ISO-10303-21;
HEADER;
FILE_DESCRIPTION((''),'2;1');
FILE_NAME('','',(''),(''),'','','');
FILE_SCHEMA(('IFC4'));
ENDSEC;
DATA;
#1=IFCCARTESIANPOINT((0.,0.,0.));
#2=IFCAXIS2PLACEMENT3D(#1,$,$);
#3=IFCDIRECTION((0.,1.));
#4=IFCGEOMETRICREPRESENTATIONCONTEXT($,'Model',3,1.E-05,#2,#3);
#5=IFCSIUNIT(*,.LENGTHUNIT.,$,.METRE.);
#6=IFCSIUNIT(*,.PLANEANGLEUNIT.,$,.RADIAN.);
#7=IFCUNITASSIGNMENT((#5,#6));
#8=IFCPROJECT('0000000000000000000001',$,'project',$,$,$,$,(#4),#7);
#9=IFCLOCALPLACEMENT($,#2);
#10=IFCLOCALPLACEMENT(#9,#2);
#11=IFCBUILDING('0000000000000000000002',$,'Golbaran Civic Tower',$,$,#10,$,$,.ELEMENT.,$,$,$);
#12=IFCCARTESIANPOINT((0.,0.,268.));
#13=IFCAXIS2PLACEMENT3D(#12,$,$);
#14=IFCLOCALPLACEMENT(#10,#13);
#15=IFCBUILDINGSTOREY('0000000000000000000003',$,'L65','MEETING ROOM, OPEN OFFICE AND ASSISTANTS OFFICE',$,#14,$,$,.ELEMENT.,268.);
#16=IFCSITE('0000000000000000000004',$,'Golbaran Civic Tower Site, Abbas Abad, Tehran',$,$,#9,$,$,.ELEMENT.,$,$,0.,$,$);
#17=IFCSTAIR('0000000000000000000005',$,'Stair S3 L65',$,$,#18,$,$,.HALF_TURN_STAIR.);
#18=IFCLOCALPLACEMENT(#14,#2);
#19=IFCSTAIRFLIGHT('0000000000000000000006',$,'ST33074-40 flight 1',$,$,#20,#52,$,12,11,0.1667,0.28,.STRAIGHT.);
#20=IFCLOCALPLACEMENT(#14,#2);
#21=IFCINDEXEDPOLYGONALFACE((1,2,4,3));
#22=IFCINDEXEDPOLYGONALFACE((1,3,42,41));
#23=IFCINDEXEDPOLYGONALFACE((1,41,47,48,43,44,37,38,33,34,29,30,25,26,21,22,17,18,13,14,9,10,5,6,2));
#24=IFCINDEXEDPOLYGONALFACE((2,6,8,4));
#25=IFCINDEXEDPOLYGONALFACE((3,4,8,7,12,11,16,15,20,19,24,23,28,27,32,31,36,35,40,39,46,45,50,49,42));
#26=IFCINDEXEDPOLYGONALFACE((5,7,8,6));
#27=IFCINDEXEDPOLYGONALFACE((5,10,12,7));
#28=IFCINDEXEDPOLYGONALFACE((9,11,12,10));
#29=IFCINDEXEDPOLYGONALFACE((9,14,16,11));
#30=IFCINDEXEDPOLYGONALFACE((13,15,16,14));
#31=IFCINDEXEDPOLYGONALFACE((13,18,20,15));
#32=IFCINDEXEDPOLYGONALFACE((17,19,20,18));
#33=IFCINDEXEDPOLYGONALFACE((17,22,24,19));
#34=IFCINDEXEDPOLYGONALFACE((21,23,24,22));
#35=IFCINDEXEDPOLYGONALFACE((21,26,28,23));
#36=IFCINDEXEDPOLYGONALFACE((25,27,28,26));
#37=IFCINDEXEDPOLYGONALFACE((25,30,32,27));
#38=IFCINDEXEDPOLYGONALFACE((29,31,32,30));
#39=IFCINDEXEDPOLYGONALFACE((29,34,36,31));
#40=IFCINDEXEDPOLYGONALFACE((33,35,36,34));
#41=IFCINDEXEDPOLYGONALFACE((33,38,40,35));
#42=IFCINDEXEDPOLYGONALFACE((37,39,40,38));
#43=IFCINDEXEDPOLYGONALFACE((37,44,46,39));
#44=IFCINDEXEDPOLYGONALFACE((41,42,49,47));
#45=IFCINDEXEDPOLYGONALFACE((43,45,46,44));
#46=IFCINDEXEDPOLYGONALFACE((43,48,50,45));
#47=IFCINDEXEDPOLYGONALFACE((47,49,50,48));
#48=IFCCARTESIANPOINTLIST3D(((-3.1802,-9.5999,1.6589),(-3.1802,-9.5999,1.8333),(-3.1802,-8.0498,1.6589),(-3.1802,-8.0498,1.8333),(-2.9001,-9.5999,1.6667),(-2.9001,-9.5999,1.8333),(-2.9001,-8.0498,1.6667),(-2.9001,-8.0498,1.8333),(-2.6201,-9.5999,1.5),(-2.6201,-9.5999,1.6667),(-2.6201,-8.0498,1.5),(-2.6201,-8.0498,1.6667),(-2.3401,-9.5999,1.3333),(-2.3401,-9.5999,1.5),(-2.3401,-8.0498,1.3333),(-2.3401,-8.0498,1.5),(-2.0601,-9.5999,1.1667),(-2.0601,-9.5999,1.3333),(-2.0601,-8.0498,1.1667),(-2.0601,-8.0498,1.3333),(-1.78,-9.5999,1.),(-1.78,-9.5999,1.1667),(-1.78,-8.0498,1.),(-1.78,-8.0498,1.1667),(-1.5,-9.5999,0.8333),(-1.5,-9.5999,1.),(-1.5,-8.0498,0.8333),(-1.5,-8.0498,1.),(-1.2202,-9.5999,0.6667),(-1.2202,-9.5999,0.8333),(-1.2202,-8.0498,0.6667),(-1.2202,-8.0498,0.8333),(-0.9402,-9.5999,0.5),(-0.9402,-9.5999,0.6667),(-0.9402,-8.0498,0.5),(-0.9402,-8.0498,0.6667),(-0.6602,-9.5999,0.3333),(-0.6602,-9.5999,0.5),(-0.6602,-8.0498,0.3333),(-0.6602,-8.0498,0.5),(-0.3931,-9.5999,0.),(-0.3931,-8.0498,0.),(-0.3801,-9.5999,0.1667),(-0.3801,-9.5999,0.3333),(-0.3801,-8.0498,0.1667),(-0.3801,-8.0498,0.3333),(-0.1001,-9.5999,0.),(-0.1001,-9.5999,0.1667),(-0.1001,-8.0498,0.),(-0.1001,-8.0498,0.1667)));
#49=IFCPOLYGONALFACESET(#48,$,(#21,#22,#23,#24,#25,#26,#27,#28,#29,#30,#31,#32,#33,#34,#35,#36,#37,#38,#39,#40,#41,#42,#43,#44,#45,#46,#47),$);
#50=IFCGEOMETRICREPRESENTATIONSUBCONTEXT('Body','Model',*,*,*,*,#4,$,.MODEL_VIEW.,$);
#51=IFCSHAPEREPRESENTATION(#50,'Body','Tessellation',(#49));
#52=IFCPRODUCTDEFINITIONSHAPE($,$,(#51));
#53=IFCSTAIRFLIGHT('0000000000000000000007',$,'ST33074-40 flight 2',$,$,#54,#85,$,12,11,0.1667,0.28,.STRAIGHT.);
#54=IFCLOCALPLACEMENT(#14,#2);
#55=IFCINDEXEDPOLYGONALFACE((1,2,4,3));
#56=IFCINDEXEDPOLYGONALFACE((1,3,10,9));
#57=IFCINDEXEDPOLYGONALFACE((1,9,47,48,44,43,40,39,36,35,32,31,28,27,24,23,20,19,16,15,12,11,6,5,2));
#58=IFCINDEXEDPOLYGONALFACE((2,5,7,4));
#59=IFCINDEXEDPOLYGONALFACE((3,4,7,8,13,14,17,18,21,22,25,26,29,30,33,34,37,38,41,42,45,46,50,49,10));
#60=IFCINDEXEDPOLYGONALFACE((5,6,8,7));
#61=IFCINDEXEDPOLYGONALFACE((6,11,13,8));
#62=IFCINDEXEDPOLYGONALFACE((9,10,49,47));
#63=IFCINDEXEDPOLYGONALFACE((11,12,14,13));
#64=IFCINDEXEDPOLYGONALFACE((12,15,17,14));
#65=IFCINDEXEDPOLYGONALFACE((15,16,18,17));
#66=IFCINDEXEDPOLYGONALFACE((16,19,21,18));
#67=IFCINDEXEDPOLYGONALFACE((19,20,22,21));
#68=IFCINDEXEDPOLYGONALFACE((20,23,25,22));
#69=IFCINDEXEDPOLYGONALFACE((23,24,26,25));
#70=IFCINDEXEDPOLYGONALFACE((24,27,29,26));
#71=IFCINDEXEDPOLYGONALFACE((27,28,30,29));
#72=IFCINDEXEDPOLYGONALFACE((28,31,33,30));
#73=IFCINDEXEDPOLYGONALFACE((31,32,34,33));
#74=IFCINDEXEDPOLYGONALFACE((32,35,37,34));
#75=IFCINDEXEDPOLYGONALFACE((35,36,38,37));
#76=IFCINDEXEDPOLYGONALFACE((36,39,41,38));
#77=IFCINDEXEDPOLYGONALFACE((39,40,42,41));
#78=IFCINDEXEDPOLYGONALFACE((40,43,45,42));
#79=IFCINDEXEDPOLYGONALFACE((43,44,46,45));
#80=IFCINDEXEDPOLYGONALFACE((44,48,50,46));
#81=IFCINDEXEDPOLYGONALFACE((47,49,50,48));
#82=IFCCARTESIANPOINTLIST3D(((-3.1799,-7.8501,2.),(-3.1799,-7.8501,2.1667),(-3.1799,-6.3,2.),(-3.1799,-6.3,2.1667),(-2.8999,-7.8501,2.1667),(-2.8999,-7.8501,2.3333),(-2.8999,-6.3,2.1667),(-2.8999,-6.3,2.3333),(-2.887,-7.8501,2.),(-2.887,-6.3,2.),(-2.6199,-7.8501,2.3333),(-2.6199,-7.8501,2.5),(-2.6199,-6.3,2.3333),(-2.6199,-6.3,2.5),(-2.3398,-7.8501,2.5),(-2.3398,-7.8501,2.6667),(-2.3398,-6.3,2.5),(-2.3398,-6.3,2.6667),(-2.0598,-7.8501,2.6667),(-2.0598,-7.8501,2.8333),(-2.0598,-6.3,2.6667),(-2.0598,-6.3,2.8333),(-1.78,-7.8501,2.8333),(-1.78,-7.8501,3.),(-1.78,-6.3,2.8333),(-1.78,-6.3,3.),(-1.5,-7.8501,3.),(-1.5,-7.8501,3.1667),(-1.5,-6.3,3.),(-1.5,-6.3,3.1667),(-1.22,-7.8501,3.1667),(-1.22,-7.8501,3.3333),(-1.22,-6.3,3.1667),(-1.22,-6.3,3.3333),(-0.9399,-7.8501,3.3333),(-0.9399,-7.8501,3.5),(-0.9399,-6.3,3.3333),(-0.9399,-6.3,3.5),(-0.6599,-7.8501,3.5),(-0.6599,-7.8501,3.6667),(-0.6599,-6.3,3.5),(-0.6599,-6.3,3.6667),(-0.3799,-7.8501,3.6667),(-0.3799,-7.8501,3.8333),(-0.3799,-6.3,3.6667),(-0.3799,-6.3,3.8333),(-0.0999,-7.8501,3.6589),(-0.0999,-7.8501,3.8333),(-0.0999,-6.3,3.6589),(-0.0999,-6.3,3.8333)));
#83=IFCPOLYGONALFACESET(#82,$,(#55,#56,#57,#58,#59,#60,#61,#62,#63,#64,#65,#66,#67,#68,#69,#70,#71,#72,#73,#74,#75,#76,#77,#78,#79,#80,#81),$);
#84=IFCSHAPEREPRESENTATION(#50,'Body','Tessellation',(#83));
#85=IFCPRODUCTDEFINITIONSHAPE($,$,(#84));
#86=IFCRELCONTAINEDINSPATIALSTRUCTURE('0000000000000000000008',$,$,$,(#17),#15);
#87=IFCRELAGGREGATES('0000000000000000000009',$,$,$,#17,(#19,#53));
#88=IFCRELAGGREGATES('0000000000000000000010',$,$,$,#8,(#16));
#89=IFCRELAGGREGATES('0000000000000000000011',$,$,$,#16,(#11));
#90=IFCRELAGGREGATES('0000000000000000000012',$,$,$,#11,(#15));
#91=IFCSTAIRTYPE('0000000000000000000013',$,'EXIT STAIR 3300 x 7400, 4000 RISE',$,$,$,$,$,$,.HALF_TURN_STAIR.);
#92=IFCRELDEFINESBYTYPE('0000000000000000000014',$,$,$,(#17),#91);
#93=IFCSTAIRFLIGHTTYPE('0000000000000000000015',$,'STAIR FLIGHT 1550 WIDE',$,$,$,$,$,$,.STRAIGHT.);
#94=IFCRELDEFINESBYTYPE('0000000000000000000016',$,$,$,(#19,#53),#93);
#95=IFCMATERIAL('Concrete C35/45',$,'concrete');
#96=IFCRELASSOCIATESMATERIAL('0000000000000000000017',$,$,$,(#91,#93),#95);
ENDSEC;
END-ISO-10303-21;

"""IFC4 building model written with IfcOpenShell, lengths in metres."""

from ifc_helpers import new_model, si_unit, direction, frame, origin, place, context, subcontext, project, spatial, polyline, outline, extrude, material, type_object, element, aggregate, save


model = new_model("IFC4")

# Units and contexts
model_context = context("Model", 3, precision=1e-05, world=origin(), true_north=direction((0.0, 1.0)))
body_context = subcontext(model_context, "Body", "Model", "MODEL_VIEW")
ifc_project = project(units=[si_unit("LENGTHUNIT", "METRE"), si_unit("PLANEANGLEUNIT", "RADIAN")], contexts=[model_context])

# Site, building, storey
site_placement = place(None, origin())
site = spatial("IfcSite", under=ifc_project, at=site_placement, Name="Golbaran Civic Tower Site, Abbas Abad, Tehran", CompositionType="ELEMENT", RefElevation=0.0)
building_placement = place(site_placement, origin())
building = spatial("IfcBuilding", under=site, at=building_placement, Name="Golbaran Civic Tower", CompositionType="ELEMENT")
storey_placement = place(building_placement, frame((0.0, 0.0, 268.0)))
storey = spatial("IfcBuildingStorey", under=building, at=storey_placement, Name="L65", Description="MEETING ROOM, OPEN OFFICE AND ASSISTANTS OFFICE", CompositionType="ELEMENT", Elevation=268.0)

# Shared definitions
ifc_material_1 = material(Name="Concrete C35/45", Category="concrete")

# Stair, stair flights
stair_type = type_object("IfcStairType", Name="EXIT STAIR 3300 x 7400, 4000 RISE", PredefinedType="HALF_TURN_STAIR", material=ifc_material_1)
stair_placement = place(storey_placement, origin())
stair = element("IfcStair", 1, at=stair_placement, inside=storey, type_object=stair_type, Name="Stair S3 L65", PredefinedType="HALF_TURN_STAIR")
stair_flight_type = type_object("IfcStairFlightType", Name="STAIR FLIGHT 1550 WIDE", PredefinedType="STRAIGHT", material=ifc_material_1)
stair_flight_1_placement = place(storey_placement, frame((-0.1001, -8.825, 0.0), z_axis=(0.0, 0.0, 1.0), x_axis=(-1.0, 0.0, 0.0)))
stair_flight_1 = element("IfcStairFlight", 2, at=stair_flight_1_placement, type_object=stair_flight_type, Name="ST33074-40 flight 1", NumberOfRisers=12, NumberOfTreads=11, PredefinedType="STRAIGHT", RiserHeight=0.1667, TreadLength=0.28, context=body_context, shape_type="SweptSolid", body=[
    extrude(outline(polyline([(0.0, 0.0), (0.0, 0.1667), (0.28, 0.1667), (0.28, 0.3333), (0.5601, 0.3333), (0.5601, 0.5), (0.8401, 0.5), (0.8401, 0.6667), (1.1201, 0.6667), (1.1201, 0.8333), (1.3999, 0.8333), (1.3999, 1.0), (1.6799, 1.0), (1.6799, 1.1667), (1.96, 1.1667), (1.96, 1.3333), (2.24, 1.3333), (2.24, 1.5), (2.52, 1.5), (2.52, 1.6667), (2.8, 1.6667), (2.8, 1.8333), (3.0801, 1.8333), (3.0801, 2.0), (3.0801, 1.6589), (0.293, 0.0), (0.0, 0.0)])), frame((0.0, 0.7749, 0.0), z_axis=(0.0, -1.0, 0.0), x_axis=(1.0, 0.0, 0.0)), (0.0, 0.0, 1.0), 1.55),
])
stair_flight_2_placement = place(storey_placement, frame((-3.1799, -7.075, 2.0), z_axis=(0.0, 0.0, 1.0), x_axis=(1.0, 0.0, 0.0)))
stair_flight_2 = element("IfcStairFlight", 3, at=stair_flight_2_placement, type_object=stair_flight_type, Name="ST33074-40 flight 2", NumberOfRisers=12, NumberOfTreads=11, PredefinedType="STRAIGHT", RiserHeight=0.1667, TreadLength=0.28, context=body_context, shape_type="SweptSolid", body=[
    extrude(outline(polyline([(0.0, 0.0), (0.0, 0.1667), (0.28, 0.1667), (0.28, 0.3333), (0.5601, 0.3333), (0.5601, 0.5), (0.8401, 0.5), (0.8401, 0.6667), (1.1201, 0.6667), (1.1201, 0.8333), (1.3999, 0.8333), (1.3999, 1.0), (1.6799, 1.0), (1.6799, 1.1667), (1.96, 1.1667), (1.96, 1.3333), (2.24, 1.3333), (2.24, 1.5), (2.52, 1.5), (2.52, 1.6667), (2.8, 1.6667), (2.8, 1.8333), (3.0801, 1.8333), (3.0801, 2.0), (3.0801, 1.6589), (0.293, 0.0), (0.0, 0.0)])), frame((0.0, 0.7749, 0.0), z_axis=(0.0, -1.0, 0.0), x_axis=(1.0, 0.0, 0.0)), (0.0, 0.0, 1.0), 1.55),
])
aggregate(stair, [stair_flight_1, stair_flight_2])

save(model, "model.ifc")
